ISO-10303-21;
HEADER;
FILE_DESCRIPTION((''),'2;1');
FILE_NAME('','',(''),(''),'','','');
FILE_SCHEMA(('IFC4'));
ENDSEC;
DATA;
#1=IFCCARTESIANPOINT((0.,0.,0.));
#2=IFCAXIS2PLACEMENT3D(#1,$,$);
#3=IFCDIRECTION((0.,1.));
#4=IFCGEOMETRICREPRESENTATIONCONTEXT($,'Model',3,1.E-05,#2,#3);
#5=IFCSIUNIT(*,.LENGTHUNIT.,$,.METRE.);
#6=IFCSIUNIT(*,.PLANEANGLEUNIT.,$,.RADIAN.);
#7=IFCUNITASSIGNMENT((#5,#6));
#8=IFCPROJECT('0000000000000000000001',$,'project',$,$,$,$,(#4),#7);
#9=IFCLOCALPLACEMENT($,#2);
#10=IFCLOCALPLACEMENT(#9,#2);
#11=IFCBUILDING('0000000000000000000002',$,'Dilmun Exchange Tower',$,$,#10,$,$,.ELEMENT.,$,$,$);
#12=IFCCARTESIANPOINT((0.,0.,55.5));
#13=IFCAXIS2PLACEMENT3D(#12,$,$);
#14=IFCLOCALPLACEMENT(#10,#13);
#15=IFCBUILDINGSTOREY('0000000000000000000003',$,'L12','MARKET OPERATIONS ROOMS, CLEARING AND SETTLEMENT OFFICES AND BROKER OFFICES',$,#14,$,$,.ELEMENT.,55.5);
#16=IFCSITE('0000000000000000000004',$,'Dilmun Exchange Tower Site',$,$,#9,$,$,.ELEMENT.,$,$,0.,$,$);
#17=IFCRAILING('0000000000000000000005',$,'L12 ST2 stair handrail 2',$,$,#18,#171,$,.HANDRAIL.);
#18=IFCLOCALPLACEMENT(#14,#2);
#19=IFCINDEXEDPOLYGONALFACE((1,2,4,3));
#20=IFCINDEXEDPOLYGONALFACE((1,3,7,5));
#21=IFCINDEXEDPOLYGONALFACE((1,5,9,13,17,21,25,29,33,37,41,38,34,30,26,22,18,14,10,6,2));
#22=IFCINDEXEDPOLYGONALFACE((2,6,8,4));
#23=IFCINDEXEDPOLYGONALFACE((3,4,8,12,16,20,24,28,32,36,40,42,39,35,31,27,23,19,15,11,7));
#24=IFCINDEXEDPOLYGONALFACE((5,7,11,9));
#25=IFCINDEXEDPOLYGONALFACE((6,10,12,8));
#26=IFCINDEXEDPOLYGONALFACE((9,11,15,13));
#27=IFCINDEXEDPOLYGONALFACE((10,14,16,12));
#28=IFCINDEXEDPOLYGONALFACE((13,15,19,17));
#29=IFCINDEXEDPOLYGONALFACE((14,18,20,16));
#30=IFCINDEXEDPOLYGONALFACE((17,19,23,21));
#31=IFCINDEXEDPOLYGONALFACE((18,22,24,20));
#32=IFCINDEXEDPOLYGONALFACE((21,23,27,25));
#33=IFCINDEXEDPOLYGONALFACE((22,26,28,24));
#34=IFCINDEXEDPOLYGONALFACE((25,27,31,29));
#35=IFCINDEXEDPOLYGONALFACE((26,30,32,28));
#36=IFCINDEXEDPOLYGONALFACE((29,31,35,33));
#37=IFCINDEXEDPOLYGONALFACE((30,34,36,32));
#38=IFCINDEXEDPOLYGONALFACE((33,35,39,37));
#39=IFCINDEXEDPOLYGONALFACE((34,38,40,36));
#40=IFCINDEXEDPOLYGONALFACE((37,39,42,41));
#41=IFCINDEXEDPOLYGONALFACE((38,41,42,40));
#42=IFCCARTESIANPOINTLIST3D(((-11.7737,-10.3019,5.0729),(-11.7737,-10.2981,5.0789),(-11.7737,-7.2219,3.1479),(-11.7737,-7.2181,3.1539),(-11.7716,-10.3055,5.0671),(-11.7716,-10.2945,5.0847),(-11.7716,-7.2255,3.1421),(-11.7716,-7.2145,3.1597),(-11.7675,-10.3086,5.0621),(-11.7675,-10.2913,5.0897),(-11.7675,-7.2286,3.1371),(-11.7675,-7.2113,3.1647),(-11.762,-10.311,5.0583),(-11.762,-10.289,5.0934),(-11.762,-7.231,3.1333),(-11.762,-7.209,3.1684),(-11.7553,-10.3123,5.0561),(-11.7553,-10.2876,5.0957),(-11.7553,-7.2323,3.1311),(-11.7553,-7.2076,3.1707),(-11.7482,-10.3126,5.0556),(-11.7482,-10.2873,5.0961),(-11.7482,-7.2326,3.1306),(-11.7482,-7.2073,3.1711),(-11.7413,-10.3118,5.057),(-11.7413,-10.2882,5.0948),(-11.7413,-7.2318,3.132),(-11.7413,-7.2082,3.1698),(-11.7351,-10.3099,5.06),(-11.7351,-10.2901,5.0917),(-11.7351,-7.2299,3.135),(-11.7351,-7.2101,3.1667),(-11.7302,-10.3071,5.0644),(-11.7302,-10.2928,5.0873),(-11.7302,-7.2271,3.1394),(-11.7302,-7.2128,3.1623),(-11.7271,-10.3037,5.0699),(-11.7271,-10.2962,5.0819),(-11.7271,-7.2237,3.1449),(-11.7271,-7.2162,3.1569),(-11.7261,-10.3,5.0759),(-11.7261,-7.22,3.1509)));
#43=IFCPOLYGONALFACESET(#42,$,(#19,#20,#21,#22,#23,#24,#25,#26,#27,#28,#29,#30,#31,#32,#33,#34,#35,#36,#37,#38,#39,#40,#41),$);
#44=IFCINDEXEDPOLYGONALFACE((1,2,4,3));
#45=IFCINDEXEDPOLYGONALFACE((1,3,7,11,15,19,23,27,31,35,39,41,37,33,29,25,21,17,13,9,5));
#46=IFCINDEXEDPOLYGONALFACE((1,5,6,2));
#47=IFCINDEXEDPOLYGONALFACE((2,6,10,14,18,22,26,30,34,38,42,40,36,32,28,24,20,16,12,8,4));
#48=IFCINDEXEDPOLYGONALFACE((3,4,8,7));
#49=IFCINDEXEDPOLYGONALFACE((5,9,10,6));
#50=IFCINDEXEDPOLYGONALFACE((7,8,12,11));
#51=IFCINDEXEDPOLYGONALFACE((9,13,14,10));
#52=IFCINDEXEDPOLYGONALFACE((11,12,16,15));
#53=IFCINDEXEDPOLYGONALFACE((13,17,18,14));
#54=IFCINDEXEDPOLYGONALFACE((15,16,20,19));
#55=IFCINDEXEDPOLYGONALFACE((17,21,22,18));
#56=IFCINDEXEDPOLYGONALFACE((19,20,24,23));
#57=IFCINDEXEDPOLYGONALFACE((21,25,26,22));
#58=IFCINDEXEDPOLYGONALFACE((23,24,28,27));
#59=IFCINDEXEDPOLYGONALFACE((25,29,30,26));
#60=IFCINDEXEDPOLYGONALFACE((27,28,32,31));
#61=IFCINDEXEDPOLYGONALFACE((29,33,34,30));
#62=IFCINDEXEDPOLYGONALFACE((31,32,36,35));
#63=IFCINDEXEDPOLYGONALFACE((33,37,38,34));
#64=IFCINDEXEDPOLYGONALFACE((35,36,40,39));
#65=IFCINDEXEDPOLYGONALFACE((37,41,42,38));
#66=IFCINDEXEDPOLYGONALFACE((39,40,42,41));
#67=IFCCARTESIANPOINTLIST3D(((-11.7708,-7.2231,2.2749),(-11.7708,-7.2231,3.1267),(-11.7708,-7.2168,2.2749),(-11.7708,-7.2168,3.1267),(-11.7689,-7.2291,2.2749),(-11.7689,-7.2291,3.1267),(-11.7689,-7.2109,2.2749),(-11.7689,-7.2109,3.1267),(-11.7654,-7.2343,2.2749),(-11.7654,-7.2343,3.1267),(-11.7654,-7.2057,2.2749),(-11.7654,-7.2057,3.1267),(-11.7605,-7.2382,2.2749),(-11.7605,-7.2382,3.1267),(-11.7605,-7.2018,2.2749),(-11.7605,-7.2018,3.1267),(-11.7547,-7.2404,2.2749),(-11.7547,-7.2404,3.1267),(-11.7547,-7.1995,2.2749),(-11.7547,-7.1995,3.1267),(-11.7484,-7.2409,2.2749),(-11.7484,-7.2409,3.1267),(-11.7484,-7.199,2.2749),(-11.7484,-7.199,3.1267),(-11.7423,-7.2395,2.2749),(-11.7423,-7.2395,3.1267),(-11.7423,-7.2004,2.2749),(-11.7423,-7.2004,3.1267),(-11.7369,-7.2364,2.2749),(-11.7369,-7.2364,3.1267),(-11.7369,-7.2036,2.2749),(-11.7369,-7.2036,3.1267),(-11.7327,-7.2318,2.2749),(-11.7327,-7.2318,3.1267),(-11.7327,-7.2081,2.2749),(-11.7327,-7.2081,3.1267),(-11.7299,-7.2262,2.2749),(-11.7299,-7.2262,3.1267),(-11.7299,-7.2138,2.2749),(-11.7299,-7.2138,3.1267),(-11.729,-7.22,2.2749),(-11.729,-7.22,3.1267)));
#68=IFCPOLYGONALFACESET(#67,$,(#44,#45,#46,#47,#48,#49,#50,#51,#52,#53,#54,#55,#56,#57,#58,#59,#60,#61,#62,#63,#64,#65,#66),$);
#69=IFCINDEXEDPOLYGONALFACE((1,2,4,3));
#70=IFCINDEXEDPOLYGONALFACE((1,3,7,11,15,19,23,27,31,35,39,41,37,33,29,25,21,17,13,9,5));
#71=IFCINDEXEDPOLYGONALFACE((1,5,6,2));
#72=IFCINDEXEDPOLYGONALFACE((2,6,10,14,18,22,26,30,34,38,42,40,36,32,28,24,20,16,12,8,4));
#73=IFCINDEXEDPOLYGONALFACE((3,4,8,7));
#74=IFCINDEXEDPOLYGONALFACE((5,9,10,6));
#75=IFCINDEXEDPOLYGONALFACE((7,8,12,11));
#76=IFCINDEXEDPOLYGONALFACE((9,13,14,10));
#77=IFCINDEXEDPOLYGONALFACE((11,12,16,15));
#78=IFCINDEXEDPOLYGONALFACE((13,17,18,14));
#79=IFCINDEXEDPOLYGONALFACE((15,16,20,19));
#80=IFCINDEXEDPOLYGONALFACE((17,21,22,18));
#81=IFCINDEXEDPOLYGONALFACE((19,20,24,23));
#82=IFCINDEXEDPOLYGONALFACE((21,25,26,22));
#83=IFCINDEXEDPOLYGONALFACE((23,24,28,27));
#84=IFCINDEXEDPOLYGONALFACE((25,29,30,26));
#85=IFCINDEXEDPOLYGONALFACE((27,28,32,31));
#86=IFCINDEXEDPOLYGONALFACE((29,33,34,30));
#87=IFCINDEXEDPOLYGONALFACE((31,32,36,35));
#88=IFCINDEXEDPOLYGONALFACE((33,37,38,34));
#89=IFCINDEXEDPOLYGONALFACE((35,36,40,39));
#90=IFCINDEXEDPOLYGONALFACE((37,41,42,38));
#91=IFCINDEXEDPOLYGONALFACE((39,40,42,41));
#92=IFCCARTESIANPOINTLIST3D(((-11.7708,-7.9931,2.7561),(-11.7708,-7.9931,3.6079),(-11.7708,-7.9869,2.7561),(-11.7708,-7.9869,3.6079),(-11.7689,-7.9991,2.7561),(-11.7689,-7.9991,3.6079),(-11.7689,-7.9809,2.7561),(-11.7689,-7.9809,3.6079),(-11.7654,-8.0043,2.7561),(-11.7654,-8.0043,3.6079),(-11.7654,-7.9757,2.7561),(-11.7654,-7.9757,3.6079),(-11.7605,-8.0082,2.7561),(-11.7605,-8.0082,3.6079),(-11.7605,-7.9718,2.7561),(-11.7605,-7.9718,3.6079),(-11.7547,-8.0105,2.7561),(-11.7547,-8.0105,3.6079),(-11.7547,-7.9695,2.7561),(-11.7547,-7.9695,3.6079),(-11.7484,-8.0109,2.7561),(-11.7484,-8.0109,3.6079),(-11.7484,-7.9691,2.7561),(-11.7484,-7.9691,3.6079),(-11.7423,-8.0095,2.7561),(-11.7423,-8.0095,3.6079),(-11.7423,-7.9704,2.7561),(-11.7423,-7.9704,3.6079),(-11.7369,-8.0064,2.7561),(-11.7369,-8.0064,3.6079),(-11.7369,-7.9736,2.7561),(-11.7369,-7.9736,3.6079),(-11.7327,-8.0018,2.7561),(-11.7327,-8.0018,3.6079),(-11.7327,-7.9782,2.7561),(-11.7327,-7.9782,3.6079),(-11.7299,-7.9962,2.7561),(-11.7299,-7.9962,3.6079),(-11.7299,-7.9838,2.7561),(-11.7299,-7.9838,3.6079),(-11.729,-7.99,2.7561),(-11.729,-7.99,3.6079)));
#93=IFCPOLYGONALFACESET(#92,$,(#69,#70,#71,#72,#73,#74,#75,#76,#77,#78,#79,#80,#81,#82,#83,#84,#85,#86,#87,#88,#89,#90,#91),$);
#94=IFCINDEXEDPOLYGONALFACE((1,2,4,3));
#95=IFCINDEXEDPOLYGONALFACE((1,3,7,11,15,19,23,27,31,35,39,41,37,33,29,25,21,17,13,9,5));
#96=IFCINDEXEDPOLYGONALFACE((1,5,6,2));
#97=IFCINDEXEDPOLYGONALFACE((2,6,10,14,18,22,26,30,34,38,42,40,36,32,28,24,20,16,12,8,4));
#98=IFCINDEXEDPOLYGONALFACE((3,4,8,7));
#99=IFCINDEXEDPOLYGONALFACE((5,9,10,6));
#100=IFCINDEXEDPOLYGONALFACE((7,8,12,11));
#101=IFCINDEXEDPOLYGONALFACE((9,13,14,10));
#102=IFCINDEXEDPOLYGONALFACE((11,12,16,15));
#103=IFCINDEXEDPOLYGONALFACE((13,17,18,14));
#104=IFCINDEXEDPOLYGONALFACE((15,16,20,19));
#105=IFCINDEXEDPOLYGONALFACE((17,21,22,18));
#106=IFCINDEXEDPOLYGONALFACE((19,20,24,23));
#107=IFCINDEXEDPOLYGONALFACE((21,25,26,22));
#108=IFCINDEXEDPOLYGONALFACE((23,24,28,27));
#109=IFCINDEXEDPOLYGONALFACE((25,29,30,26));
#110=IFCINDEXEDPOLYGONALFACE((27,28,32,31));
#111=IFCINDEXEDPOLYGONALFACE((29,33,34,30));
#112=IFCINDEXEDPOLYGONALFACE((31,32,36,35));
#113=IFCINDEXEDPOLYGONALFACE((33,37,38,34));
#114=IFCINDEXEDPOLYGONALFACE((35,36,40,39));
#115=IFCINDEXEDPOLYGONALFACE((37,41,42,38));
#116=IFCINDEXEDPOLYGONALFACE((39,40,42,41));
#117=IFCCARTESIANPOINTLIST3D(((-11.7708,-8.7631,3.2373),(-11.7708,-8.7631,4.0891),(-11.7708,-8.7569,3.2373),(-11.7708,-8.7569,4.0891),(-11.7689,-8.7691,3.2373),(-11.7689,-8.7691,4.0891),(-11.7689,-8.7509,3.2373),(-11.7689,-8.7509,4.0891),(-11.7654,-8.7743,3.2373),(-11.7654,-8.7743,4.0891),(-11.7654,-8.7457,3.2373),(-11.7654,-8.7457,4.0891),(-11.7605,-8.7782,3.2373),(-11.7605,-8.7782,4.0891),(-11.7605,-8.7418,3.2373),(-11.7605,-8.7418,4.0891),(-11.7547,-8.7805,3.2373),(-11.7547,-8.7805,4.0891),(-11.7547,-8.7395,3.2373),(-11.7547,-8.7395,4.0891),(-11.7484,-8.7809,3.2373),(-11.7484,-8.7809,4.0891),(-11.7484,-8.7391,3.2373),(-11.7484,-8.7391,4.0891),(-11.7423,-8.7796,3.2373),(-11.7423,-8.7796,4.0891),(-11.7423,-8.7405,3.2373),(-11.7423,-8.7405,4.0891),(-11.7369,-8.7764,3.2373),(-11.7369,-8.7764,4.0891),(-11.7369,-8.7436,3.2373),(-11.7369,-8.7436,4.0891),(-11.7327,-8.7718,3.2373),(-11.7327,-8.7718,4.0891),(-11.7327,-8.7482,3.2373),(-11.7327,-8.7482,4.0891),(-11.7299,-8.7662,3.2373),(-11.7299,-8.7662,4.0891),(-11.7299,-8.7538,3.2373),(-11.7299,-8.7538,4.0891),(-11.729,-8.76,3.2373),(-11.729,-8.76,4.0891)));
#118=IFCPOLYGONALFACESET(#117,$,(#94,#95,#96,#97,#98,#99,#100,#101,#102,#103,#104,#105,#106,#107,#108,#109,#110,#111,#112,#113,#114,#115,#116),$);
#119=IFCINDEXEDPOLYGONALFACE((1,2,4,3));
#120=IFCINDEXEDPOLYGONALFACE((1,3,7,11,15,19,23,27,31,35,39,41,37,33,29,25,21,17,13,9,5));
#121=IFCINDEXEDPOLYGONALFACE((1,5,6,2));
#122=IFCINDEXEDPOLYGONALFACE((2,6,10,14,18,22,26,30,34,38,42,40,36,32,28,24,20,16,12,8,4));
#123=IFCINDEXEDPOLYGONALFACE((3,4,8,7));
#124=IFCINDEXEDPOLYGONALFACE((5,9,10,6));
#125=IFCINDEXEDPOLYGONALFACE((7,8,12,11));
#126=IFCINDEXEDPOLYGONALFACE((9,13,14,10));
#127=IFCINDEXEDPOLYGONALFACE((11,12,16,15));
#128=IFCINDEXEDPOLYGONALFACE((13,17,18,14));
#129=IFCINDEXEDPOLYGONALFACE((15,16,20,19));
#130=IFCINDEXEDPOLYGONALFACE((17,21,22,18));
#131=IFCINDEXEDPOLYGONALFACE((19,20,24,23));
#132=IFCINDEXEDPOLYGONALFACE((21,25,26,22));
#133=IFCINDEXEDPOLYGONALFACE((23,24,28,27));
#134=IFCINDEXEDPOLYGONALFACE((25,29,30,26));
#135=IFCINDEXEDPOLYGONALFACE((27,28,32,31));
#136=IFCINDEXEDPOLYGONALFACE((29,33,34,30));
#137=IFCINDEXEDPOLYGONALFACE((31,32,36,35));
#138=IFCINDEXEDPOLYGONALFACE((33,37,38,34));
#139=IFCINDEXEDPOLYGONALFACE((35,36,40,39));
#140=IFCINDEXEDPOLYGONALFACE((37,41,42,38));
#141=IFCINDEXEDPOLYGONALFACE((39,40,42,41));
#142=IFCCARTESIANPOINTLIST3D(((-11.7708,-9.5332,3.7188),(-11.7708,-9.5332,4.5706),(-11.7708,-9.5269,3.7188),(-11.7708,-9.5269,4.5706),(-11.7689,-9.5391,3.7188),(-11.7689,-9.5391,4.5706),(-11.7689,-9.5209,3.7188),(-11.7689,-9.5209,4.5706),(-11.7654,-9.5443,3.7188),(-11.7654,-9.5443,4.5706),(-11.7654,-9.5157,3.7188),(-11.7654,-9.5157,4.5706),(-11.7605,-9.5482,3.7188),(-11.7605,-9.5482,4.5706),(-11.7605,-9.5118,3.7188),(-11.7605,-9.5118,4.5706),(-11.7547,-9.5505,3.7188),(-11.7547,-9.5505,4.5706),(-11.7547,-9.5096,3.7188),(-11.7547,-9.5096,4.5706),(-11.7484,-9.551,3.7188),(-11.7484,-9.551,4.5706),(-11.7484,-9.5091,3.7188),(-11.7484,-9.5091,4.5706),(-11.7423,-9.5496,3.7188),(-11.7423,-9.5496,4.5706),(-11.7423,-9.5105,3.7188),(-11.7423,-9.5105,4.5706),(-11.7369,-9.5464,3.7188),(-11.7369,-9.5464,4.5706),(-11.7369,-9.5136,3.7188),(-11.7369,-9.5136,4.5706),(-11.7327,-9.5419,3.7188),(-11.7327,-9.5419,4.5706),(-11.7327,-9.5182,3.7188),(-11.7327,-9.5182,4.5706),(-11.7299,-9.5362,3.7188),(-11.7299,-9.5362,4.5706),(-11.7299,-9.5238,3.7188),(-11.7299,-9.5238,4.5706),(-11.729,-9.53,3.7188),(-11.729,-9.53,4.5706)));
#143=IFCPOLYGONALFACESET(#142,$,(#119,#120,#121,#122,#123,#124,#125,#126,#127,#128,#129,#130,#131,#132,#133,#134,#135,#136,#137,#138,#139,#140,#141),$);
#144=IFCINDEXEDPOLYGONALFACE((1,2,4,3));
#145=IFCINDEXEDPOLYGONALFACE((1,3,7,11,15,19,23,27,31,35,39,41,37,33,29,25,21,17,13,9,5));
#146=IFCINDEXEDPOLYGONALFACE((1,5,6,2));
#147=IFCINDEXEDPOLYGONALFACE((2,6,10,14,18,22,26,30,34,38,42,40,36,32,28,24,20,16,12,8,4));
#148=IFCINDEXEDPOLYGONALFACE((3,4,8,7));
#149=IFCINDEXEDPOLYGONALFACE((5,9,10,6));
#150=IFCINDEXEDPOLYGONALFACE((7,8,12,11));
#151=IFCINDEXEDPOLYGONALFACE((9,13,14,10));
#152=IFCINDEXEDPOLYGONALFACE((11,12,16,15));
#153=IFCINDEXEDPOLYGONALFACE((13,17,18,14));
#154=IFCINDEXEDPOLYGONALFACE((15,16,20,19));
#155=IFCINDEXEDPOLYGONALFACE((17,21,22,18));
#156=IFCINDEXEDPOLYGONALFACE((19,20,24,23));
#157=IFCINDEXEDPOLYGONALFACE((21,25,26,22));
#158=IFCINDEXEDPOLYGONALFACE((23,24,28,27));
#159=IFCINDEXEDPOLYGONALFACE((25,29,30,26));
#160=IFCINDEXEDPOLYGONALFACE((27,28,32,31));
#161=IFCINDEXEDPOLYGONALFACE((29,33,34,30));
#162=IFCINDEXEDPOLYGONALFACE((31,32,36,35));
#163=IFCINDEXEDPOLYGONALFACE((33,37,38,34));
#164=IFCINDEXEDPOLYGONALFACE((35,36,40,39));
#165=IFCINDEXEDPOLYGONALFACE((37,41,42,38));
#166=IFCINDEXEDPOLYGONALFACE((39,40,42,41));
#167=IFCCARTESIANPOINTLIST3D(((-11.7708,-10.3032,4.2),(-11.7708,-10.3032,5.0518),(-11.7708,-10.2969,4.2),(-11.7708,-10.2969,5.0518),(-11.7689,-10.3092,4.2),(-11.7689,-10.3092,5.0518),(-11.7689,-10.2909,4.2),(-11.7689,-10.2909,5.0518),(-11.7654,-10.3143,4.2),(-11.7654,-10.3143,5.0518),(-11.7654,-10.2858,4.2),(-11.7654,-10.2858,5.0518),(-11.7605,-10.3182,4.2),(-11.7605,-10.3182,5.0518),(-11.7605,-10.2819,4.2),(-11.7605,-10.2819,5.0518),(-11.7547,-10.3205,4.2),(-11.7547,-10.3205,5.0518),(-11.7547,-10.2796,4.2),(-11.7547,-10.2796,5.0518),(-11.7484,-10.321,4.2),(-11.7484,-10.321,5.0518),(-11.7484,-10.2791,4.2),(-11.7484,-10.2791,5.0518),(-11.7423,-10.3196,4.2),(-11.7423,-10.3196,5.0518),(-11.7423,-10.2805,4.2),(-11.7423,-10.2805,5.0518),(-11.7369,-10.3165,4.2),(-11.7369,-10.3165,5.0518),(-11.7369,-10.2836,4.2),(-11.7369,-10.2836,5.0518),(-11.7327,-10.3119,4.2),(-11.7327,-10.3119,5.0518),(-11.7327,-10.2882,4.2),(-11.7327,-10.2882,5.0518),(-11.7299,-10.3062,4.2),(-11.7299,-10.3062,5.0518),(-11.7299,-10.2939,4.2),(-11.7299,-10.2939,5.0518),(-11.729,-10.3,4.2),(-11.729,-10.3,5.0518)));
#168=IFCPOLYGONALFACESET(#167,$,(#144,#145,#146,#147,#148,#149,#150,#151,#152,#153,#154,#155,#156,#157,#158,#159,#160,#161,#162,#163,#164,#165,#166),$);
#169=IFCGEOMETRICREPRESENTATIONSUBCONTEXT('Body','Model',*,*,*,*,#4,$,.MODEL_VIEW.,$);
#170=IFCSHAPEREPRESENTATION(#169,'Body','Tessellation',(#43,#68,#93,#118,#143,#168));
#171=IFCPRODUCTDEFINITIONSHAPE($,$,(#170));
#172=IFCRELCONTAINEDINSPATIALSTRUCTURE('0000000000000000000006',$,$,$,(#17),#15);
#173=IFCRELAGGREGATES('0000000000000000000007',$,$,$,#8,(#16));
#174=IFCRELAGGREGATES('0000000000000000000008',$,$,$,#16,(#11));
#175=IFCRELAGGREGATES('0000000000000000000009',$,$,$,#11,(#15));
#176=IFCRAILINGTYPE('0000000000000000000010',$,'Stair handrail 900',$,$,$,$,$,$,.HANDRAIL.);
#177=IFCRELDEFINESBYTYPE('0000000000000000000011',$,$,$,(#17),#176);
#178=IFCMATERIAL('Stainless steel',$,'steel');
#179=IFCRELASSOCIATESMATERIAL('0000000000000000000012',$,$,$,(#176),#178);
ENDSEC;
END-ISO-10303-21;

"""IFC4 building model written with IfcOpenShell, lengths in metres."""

from ifc_helpers import new_model, si_unit, direction, frame, origin, origin_2d, place, context, subcontext, project, spatial, circle, extrude, material, type_object, element, save


model = new_model("IFC4")

# Units and contexts
model_context = context("Model", 3, precision=1e-05, world=origin(), true_north=direction((0.0, 1.0)))
body_context = subcontext(model_context, "Body", "Model", "MODEL_VIEW")
ifc_project = project(units=[si_unit("LENGTHUNIT", "METRE"), si_unit("PLANEANGLEUNIT", "RADIAN")], contexts=[model_context])

# Site, building, storey
site_placement = place(None, origin())
site = spatial("IfcSite", under=ifc_project, at=site_placement, Name="Dilmun Exchange Tower Site", CompositionType="ELEMENT", RefElevation=0.0)
building_placement = place(site_placement, origin())
building = spatial("IfcBuilding", under=site, at=building_placement, Name="Dilmun Exchange Tower", CompositionType="ELEMENT")
storey_placement = place(building_placement, frame((0.0, 0.0, 55.5)))
storey = spatial("IfcBuildingStorey", under=building, at=storey_placement, Name="L12", Description="MARKET OPERATIONS ROOMS, CLEARING AND SETTLEMENT OFFICES AND BROKER OFFICES", CompositionType="ELEMENT", Elevation=55.5)

# Railing
ifc_material_1 = material(Name="Stainless steel", Category="steel")
railing_type = type_object("IfcRailingType", Name="Stair handrail 900", PredefinedType="HANDRAIL", material=ifc_material_1)
railing_placement = place(storey_placement, frame((-11.75, -7.22, 2.2749)))
element("IfcRailing", 1, at=railing_placement, inside=storey, type_object=railing_type, Name="L12 ST2 stair handrail 2", PredefinedType="HANDRAIL", context=body_context, shape_type="SweptSolid", body=[
    extrude(circle(Radius=0.0239, at=origin_2d()), frame((0.0, 0.0, 0.876), z_axis=(0.0, -0.847998, 0.529999), x_axis=(1.0, 0.0, 0.0)), (0.0, 0.0, 1.0), 3.6321),
    extrude(circle(Radius=0.021, at=origin_2d()), origin(), (0.0, 0.0, 1.0), 0.8518),
    extrude(circle(Radius=0.021, at=origin_2d()), frame((0.0, -0.77, 0.4812)), (0.0, 0.0, 1.0), 0.8518),
    extrude(circle(Radius=0.021, at=origin_2d()), frame((0.0, -1.54, 0.9624)), (0.0, 0.0, 1.0), 0.8518),
    extrude(circle(Radius=0.021, at=origin_2d()), frame((0.0, -2.3101, 1.4438)), (0.0, 0.0, 1.0), 0.8518),
    extrude(circle(Radius=0.021, at=origin_2d()), frame((0.0, -3.0801, 1.925)), (0.0, 0.0, 1.0), 0.8518),
])

save(model, "model.ifc")
